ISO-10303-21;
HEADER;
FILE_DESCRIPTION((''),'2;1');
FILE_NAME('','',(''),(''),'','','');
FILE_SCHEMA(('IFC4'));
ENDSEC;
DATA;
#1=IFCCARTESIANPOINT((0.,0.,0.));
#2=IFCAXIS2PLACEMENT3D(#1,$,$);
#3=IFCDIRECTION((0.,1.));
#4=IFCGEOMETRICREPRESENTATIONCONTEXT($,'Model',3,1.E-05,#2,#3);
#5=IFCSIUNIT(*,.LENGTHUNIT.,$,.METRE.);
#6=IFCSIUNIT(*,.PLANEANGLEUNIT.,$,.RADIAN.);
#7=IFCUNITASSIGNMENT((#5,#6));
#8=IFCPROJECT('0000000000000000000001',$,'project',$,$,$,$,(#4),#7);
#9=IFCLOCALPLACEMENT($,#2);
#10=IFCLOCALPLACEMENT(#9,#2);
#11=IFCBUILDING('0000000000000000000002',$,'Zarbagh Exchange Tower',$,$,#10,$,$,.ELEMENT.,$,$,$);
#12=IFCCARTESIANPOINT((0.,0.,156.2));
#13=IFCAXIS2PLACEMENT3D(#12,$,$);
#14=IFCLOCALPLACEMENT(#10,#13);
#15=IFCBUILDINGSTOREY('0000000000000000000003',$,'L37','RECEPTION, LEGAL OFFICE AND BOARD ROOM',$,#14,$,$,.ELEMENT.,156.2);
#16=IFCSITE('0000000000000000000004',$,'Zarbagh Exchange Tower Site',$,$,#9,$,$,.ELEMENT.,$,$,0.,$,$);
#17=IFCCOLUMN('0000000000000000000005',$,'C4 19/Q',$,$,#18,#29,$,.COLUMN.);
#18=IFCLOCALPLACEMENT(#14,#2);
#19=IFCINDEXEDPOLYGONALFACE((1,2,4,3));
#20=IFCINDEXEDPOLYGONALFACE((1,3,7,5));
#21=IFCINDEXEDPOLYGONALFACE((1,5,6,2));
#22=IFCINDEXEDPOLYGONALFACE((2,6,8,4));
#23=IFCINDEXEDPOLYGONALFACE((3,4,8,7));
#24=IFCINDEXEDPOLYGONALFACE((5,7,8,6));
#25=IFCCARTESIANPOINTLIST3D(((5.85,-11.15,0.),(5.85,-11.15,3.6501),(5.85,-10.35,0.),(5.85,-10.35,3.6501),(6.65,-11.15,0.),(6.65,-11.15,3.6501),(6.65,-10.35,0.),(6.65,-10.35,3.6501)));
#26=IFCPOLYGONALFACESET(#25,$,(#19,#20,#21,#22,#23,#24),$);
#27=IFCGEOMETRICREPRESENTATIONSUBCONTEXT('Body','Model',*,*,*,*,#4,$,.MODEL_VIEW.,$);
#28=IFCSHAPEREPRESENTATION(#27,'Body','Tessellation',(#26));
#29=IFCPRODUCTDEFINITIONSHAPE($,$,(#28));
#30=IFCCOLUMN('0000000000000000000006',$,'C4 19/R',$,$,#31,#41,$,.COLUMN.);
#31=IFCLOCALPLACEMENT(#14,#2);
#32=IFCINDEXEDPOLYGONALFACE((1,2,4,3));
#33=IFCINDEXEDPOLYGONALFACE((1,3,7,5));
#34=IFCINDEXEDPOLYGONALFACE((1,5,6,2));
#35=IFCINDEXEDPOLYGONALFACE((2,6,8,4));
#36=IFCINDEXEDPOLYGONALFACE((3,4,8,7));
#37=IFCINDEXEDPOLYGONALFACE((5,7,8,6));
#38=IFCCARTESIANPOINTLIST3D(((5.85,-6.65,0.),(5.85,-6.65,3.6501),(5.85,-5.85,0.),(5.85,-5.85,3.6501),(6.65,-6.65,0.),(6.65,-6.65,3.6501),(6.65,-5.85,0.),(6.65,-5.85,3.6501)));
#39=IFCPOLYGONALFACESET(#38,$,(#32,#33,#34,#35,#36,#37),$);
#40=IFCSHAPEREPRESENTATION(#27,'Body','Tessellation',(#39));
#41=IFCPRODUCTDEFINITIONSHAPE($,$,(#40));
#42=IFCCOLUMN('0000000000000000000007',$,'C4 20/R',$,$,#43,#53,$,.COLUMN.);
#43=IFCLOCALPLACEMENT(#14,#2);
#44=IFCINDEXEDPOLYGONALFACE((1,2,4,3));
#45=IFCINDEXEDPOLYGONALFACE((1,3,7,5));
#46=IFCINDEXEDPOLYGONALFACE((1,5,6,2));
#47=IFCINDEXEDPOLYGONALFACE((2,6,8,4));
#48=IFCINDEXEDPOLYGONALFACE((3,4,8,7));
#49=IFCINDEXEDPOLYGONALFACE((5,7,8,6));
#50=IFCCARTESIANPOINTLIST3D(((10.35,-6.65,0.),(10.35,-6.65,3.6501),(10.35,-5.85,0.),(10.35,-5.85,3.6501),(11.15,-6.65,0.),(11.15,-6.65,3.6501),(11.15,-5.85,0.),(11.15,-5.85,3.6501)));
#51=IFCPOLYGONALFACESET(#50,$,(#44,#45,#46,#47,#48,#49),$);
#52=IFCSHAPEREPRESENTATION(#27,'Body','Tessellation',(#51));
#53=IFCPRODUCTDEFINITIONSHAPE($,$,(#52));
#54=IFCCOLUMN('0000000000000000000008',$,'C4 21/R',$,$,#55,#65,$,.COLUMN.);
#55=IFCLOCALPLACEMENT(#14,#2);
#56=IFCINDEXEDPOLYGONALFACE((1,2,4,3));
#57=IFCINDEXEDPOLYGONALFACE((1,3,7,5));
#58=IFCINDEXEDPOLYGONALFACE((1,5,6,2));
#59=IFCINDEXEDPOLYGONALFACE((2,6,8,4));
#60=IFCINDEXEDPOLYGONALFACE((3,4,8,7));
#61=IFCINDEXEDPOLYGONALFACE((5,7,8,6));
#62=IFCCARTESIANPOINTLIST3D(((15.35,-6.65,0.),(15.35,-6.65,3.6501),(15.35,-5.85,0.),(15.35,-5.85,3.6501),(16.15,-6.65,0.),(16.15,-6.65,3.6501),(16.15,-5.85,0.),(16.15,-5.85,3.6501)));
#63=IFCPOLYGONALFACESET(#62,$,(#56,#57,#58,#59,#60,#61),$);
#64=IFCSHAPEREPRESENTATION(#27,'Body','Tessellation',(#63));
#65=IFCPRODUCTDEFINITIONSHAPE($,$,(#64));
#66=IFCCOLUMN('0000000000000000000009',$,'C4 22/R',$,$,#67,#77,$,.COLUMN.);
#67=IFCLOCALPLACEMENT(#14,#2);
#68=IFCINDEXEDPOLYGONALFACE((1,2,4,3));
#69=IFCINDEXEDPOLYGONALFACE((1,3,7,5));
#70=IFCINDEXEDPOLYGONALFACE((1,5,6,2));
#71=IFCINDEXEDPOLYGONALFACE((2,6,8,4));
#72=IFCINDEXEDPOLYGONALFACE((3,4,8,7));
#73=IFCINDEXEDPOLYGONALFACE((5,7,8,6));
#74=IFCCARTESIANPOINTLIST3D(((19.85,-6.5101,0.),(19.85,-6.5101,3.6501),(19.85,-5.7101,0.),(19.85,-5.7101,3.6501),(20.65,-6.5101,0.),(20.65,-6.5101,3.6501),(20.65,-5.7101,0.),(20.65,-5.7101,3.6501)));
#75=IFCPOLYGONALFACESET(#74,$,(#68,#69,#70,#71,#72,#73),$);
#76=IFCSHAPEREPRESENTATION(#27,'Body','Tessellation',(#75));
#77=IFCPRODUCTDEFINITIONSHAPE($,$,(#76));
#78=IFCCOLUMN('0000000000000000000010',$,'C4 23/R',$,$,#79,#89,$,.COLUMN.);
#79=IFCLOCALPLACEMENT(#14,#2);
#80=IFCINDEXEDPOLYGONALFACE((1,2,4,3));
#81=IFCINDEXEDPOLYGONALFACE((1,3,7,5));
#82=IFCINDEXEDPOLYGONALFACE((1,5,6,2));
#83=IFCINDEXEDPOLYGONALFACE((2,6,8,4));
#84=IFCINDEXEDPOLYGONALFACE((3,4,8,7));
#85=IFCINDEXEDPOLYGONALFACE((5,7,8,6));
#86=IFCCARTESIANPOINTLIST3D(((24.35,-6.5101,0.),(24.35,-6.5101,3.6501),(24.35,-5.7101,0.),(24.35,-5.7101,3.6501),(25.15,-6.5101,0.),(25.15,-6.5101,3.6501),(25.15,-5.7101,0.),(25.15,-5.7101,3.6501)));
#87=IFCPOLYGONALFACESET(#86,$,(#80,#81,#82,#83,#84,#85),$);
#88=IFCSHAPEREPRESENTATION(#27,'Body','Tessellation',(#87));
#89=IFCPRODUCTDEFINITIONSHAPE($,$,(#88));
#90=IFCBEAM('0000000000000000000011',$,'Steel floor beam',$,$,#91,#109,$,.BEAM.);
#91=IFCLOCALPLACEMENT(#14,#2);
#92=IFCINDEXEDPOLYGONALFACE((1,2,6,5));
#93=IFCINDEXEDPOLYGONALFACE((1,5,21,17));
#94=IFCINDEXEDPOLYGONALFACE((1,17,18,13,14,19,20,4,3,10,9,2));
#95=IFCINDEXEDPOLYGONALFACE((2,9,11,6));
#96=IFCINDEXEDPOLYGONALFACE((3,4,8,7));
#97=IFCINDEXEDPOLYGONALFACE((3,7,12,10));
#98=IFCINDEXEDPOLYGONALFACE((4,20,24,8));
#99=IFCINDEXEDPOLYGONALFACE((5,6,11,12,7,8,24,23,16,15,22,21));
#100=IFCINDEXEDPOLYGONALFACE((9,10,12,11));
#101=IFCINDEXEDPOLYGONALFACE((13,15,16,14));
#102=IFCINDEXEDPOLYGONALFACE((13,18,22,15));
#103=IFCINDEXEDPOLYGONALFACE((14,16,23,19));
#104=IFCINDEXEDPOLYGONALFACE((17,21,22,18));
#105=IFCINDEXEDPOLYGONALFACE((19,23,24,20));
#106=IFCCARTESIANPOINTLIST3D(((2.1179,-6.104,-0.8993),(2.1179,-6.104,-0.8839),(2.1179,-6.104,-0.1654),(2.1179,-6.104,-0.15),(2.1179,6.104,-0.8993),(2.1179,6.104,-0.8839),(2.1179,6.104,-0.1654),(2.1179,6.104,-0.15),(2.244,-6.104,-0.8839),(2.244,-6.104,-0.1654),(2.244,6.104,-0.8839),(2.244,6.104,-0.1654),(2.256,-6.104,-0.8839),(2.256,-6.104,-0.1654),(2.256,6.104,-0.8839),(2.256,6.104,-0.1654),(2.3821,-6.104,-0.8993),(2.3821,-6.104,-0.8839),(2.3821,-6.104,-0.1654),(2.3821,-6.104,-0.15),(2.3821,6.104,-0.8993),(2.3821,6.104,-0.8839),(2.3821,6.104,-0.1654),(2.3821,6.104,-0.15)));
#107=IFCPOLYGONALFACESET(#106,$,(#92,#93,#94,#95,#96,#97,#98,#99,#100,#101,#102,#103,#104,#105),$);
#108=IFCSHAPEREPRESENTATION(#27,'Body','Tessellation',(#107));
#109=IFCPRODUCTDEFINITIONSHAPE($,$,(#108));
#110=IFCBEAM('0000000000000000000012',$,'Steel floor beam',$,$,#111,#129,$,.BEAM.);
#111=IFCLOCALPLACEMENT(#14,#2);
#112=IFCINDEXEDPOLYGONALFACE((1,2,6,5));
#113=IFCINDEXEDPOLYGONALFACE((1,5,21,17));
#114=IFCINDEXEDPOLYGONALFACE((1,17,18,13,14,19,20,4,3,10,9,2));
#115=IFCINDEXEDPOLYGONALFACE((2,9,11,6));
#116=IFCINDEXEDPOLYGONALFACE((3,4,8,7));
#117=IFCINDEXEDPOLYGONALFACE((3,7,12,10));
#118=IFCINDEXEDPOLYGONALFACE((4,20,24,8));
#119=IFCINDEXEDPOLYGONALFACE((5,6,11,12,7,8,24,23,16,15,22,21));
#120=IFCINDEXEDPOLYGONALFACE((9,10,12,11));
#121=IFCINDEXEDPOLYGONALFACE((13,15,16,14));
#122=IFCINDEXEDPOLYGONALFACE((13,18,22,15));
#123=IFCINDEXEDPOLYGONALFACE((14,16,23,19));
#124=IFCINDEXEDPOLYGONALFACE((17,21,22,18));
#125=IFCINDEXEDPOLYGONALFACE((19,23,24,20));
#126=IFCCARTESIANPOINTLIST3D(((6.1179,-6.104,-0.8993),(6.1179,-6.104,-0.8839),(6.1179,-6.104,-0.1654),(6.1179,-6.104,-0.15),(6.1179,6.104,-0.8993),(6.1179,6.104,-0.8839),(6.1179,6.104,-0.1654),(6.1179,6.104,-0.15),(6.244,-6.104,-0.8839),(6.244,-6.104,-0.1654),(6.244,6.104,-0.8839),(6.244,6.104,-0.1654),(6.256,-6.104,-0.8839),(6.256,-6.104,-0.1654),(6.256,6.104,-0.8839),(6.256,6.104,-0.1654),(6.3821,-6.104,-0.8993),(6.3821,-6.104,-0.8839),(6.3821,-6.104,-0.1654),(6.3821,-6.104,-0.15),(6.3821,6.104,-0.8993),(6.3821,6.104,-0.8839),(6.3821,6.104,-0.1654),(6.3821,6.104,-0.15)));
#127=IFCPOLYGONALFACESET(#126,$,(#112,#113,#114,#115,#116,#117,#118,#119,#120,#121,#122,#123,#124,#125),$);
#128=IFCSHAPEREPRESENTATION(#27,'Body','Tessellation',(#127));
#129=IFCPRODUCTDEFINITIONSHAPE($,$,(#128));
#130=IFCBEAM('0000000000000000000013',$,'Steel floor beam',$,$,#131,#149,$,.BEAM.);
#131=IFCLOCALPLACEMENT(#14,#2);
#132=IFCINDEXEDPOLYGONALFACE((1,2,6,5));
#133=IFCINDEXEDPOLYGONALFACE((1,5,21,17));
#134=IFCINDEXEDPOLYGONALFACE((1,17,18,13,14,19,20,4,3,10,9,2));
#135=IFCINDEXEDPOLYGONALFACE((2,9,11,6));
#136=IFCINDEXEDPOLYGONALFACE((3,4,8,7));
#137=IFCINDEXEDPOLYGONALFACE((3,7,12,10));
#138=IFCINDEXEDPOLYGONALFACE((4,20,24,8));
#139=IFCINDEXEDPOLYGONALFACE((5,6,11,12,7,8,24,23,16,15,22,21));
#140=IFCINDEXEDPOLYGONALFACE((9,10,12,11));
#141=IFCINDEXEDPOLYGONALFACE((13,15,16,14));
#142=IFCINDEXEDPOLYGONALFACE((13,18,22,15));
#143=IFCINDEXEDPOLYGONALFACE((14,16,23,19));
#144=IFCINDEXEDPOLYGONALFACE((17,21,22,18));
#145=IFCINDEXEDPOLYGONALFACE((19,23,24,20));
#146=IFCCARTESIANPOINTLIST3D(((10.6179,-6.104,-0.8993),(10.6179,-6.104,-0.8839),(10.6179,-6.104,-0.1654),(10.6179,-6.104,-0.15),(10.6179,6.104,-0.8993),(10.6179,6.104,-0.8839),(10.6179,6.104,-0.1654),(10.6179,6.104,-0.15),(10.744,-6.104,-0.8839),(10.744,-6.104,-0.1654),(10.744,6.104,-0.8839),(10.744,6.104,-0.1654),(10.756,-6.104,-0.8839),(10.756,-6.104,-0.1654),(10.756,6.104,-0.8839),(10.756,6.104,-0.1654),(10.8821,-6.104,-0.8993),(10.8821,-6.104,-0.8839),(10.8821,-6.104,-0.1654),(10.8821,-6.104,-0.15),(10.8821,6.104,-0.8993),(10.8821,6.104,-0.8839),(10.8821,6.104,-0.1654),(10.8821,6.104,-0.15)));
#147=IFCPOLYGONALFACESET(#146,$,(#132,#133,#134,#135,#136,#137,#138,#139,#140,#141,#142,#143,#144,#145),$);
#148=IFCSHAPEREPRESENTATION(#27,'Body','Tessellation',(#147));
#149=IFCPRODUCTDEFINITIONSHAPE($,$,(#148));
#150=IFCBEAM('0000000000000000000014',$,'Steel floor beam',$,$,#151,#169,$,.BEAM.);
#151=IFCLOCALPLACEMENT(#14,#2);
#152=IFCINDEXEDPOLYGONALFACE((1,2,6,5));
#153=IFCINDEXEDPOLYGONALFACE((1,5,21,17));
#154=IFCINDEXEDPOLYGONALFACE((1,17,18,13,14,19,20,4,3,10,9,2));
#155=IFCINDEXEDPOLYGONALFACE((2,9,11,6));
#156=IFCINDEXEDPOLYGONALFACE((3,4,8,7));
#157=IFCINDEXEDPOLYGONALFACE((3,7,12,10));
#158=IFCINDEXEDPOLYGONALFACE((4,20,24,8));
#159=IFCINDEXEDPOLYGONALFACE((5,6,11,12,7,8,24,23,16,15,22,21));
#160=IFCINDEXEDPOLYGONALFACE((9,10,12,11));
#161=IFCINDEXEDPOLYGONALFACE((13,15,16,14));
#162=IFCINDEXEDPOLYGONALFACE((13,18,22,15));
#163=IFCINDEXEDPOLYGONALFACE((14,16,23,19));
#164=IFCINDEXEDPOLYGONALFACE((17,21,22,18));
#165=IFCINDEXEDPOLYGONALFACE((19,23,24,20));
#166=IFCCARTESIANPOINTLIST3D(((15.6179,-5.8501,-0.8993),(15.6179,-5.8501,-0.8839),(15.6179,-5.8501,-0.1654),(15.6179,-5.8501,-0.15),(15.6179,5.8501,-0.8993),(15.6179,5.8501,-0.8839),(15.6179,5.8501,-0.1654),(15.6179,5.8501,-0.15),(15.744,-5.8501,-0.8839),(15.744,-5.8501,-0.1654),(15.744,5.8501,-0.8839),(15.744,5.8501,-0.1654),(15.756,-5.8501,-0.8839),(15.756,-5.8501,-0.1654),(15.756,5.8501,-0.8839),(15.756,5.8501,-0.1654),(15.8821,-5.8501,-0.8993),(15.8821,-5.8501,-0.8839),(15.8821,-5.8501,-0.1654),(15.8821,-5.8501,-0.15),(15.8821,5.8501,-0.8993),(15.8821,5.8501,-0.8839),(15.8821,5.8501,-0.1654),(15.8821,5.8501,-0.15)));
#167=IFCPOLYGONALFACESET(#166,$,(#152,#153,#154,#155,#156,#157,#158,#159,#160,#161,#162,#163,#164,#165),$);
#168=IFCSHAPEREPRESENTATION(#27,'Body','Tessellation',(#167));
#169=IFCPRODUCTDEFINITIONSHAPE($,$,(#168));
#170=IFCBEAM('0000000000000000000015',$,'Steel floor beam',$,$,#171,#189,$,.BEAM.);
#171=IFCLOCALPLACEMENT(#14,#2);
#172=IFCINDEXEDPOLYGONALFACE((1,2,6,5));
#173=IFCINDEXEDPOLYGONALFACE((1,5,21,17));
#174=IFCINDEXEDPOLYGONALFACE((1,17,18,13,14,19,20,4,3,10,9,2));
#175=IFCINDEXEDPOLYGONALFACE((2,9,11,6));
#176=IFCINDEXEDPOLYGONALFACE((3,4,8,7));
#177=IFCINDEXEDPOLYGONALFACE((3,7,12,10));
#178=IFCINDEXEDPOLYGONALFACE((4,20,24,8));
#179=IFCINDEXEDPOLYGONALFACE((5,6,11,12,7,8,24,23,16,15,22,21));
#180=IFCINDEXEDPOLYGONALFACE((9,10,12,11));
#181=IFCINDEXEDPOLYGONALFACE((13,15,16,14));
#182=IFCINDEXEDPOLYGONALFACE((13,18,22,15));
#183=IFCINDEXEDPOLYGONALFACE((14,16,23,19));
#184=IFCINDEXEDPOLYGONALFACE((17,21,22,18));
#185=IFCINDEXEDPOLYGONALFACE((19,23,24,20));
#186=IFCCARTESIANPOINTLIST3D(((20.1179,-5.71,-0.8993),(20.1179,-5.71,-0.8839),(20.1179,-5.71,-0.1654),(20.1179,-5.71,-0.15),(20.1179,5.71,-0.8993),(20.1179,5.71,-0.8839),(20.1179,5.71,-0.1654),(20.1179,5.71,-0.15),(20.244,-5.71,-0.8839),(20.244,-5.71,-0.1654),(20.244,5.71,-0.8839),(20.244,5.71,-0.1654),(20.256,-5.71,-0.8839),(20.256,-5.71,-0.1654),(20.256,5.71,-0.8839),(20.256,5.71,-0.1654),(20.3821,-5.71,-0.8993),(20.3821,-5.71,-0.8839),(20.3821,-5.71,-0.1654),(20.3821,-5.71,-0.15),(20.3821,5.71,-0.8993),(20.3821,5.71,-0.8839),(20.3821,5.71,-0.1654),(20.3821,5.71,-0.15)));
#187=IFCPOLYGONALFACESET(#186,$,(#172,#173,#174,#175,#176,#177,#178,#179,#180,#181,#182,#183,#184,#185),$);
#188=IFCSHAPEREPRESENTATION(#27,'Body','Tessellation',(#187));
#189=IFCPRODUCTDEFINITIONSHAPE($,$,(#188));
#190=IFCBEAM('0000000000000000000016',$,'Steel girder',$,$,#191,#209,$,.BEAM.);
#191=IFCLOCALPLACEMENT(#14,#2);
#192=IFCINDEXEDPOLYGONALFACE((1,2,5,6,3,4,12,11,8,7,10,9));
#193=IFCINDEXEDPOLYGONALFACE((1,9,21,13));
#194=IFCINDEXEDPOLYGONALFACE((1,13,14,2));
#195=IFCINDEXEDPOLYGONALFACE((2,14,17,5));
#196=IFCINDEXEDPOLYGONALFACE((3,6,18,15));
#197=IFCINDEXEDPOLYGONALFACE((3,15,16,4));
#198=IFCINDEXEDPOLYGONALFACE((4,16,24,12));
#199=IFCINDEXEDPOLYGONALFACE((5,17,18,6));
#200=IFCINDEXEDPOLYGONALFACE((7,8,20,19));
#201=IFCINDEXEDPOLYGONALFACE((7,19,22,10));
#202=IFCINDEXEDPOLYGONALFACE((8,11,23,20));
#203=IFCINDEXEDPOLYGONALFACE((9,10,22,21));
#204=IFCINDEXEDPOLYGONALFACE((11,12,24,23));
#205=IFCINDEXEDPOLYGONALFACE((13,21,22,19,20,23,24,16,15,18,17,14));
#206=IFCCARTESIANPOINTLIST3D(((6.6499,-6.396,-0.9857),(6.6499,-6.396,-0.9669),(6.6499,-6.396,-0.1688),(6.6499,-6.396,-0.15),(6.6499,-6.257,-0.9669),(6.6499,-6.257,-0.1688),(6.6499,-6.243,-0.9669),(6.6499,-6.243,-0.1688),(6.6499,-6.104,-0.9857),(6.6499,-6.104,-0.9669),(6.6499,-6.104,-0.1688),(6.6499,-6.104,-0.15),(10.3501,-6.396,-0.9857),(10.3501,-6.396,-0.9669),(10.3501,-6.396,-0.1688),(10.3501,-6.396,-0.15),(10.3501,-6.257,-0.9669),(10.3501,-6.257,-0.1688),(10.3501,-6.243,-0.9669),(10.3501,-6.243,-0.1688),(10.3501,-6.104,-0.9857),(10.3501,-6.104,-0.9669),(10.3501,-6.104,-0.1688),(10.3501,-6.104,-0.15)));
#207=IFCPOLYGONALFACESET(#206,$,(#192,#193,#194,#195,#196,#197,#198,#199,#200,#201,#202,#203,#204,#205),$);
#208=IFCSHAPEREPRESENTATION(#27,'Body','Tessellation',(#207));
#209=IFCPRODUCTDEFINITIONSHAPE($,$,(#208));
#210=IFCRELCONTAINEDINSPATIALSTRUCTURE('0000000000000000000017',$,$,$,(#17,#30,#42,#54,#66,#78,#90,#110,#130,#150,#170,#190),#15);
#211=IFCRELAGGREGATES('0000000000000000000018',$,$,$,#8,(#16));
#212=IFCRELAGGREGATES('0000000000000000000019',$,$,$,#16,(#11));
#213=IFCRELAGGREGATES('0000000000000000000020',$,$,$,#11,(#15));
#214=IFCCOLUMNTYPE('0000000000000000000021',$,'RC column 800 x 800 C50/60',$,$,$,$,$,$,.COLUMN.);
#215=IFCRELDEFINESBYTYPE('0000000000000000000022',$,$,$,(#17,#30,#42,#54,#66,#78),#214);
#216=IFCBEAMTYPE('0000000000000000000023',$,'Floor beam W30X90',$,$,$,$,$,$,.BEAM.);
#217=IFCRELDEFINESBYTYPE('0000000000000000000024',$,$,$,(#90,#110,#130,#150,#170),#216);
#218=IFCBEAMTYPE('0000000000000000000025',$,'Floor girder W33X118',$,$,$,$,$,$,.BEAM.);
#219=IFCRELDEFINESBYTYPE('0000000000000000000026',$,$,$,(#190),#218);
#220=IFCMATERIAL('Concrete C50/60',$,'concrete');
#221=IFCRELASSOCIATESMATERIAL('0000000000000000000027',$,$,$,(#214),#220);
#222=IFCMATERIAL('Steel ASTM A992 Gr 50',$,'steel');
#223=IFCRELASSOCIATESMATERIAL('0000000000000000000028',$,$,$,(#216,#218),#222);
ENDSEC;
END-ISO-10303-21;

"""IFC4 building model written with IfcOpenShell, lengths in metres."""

from ifc_helpers import new_model, si_unit, direction, frame, origin, origin_2d, place, context, subcontext, project, spatial, rectangle, i_section, extrude, material, material_profile, profile_set, type_object, element, save


model = new_model("IFC4")

# Units and contexts
model_context = context("Model", 3, precision=1e-05, world=origin(), true_north=direction((0.0, 1.0)))
body_context = subcontext(model_context, "Body", "Model", "MODEL_VIEW")
ifc_project = project(units=[si_unit("LENGTHUNIT", "METRE"), si_unit("PLANEANGLEUNIT", "RADIAN")], contexts=[model_context])

# Site, building, storey
site_placement = place(None, origin())
site = spatial("IfcSite", under=ifc_project, at=site_placement, Name="Zarbagh Exchange Tower Site", CompositionType="ELEMENT", RefElevation=0.0)
building_placement = place(site_placement, origin())
building = spatial("IfcBuilding", under=site, at=building_placement, Name="Zarbagh Exchange Tower", CompositionType="ELEMENT")
storey_placement = place(building_placement, frame((0.0, 0.0, 156.2)))
storey = spatial("IfcBuildingStorey", under=building, at=storey_placement, Name="L37", Description="RECEPTION, LEGAL OFFICE AND BOARD ROOM", CompositionType="ELEMENT", Elevation=156.2)

# Columns
ifc_material_1 = material(Name="Concrete C50/60", Category="concrete")
ifc_material_profile_1 = material_profile(ifc_material_1, rectangle(XDim=0.8, YDim=0.8, at=origin_2d()), Name="RC column 800 x 800 C50/60")
ifc_profile_set_1 = profile_set([ifc_material_profile_1], Name="Concrete C50/60")
column_type = type_object("IfcColumnType", Name="RC column 800 x 800 C50/60", PredefinedType="COLUMN", material=ifc_profile_set_1)
for number, where, z_axis, x_axis, name in (
    (1, (6.25, -10.75, 0.0), (0.0, 0.0, 1.0), (1.0, 0.0, 0.0), "C4 19/Q"),
    (2, (6.25, -6.25, 0.0), (0.0, 0.0, 1.0), (1.0, 0.0, 0.0), "C4 19/R"),
    (3, (10.75, -6.25, 0.0), (0.0, 0.0, 1.0), (1.0, 0.0, 0.0), "C4 20/R"),
    (4, (15.75, -6.25, 0.0), (0.0, 0.0, 1.0), (1.0, 0.0, 0.0), "C4 21/R"),
    (5, (20.25, -6.1101, 0.0), (0.0, 0.0, 1.0), (1.0, 0.0, 0.0), "C4 22/R"),
    (6, (24.75, -6.1101, 0.0), (0.0, 0.0, 1.0), (1.0, 0.0, 0.0), "C4 23/R"),
):
    element("IfcColumn", number, at=place(storey_placement, frame(where, z_axis=z_axis, x_axis=x_axis)), inside=storey, type_object=column_type, Name=name, PredefinedType="COLUMN", context=body_context, shape_type="SweptSolid", body=[
        extrude(rectangle(XDim=0.8, YDim=0.8, at=origin_2d()), origin(), (0.0, 0.0, 1.0), 3.6501),
    ])

# Beams
ifc_material_2 = material(Name="Steel ASTM A992 Gr 50", Category="steel")
ifc_material_profile_2 = material_profile(ifc_material_2, i_section(OverallWidth=0.2642, OverallDepth=0.7493, WebThickness=0.012, FlangeThickness=0.0154, at=origin_2d()), Name="W30X90")
ifc_profile_set_2 = profile_set([ifc_material_profile_2], Name="Steel ASTM A992 Gr 50")
beam_type_1 = type_object("IfcBeamType", Name="Floor beam W30X90", PredefinedType="BEAM", material=ifc_profile_set_2)
for number, where, z_axis, x_axis, name in (
    (7, (2.25, -6.104, -0.5247), (0.0, 1.0, 0.0), (-1.0, 0.0, 0.0), "Steel floor beam"),
    (8, (6.25, -6.104, -0.5247), (0.0, 1.0, 0.0), (-1.0, 0.0, 0.0), "Steel floor beam"),
    (9, (10.75, -6.104, -0.5247), (0.0, 1.0, 0.0), (-1.0, 0.0, 0.0), "Steel floor beam"),
):
    element("IfcBeam", number, at=place(storey_placement, frame(where, z_axis=z_axis, x_axis=x_axis)), inside=storey, type_object=beam_type_1, Name=name, PredefinedType="BEAM", context=body_context, shape_type="SweptSolid", body=[
        extrude(i_section(OverallWidth=0.2642, OverallDepth=0.7493, WebThickness=0.012, FlangeThickness=0.0154, at=origin_2d()), origin(), (0.0, 0.0, 1.0), 12.208),
    ])
beam_1_placement = place(storey_placement, frame((15.75, -5.8501, -0.5247), z_axis=(0.0, 1.0, 0.0), x_axis=(-1.0, 0.0, 0.0)))
element("IfcBeam", 10, at=beam_1_placement, inside=storey, type_object=beam_type_1, Name="Steel floor beam", PredefinedType="BEAM", context=body_context, shape_type="SweptSolid", body=[
    extrude(i_section(OverallWidth=0.2642, OverallDepth=0.7493, WebThickness=0.012, FlangeThickness=0.0154, at=origin_2d()), origin(), (0.0, 0.0, 1.0), 11.7002),
])
beam_2_placement = place(storey_placement, frame((20.25, -5.71, -0.5247), z_axis=(0.0, 1.0, 0.0), x_axis=(-1.0, 0.0, 0.0)))
element("IfcBeam", 11, at=beam_2_placement, inside=storey, type_object=beam_type_1, Name="Steel floor beam", PredefinedType="BEAM", context=body_context, shape_type="SweptSolid", body=[
    extrude(i_section(OverallWidth=0.2642, OverallDepth=0.7493, WebThickness=0.012, FlangeThickness=0.0154, at=origin_2d()), origin(), (0.0, 0.0, 1.0), 11.4199),
])
ifc_material_profile_3 = material_profile(ifc_material_2, i_section(OverallWidth=0.292, OverallDepth=0.8357, WebThickness=0.0139, FlangeThickness=0.0188, at=origin_2d()), Name="W33X118")
ifc_profile_set_3 = profile_set([ifc_material_profile_3], Name="Steel ASTM A992 Gr 50")
beam_type_2 = type_object("IfcBeamType", Name="Floor girder W33X118", PredefinedType="BEAM", material=ifc_profile_set_3)
beam_3_placement = place(storey_placement, frame((6.6499, -6.25, -0.5679), z_axis=(1.0, 0.0, 0.0), x_axis=(0.0, 1.0, 0.0)))
element("IfcBeam", 12, at=beam_3_placement, inside=storey, type_object=beam_type_2, Name="Steel girder", PredefinedType="BEAM", context=body_context, shape_type="SweptSolid", body=[
    extrude(i_section(OverallWidth=0.292, OverallDepth=0.8357, WebThickness=0.0139, FlangeThickness=0.0188, at=origin_2d()), origin(), (0.0, 0.0, 1.0), 3.7002),
])

save(model, "model.ifc")
